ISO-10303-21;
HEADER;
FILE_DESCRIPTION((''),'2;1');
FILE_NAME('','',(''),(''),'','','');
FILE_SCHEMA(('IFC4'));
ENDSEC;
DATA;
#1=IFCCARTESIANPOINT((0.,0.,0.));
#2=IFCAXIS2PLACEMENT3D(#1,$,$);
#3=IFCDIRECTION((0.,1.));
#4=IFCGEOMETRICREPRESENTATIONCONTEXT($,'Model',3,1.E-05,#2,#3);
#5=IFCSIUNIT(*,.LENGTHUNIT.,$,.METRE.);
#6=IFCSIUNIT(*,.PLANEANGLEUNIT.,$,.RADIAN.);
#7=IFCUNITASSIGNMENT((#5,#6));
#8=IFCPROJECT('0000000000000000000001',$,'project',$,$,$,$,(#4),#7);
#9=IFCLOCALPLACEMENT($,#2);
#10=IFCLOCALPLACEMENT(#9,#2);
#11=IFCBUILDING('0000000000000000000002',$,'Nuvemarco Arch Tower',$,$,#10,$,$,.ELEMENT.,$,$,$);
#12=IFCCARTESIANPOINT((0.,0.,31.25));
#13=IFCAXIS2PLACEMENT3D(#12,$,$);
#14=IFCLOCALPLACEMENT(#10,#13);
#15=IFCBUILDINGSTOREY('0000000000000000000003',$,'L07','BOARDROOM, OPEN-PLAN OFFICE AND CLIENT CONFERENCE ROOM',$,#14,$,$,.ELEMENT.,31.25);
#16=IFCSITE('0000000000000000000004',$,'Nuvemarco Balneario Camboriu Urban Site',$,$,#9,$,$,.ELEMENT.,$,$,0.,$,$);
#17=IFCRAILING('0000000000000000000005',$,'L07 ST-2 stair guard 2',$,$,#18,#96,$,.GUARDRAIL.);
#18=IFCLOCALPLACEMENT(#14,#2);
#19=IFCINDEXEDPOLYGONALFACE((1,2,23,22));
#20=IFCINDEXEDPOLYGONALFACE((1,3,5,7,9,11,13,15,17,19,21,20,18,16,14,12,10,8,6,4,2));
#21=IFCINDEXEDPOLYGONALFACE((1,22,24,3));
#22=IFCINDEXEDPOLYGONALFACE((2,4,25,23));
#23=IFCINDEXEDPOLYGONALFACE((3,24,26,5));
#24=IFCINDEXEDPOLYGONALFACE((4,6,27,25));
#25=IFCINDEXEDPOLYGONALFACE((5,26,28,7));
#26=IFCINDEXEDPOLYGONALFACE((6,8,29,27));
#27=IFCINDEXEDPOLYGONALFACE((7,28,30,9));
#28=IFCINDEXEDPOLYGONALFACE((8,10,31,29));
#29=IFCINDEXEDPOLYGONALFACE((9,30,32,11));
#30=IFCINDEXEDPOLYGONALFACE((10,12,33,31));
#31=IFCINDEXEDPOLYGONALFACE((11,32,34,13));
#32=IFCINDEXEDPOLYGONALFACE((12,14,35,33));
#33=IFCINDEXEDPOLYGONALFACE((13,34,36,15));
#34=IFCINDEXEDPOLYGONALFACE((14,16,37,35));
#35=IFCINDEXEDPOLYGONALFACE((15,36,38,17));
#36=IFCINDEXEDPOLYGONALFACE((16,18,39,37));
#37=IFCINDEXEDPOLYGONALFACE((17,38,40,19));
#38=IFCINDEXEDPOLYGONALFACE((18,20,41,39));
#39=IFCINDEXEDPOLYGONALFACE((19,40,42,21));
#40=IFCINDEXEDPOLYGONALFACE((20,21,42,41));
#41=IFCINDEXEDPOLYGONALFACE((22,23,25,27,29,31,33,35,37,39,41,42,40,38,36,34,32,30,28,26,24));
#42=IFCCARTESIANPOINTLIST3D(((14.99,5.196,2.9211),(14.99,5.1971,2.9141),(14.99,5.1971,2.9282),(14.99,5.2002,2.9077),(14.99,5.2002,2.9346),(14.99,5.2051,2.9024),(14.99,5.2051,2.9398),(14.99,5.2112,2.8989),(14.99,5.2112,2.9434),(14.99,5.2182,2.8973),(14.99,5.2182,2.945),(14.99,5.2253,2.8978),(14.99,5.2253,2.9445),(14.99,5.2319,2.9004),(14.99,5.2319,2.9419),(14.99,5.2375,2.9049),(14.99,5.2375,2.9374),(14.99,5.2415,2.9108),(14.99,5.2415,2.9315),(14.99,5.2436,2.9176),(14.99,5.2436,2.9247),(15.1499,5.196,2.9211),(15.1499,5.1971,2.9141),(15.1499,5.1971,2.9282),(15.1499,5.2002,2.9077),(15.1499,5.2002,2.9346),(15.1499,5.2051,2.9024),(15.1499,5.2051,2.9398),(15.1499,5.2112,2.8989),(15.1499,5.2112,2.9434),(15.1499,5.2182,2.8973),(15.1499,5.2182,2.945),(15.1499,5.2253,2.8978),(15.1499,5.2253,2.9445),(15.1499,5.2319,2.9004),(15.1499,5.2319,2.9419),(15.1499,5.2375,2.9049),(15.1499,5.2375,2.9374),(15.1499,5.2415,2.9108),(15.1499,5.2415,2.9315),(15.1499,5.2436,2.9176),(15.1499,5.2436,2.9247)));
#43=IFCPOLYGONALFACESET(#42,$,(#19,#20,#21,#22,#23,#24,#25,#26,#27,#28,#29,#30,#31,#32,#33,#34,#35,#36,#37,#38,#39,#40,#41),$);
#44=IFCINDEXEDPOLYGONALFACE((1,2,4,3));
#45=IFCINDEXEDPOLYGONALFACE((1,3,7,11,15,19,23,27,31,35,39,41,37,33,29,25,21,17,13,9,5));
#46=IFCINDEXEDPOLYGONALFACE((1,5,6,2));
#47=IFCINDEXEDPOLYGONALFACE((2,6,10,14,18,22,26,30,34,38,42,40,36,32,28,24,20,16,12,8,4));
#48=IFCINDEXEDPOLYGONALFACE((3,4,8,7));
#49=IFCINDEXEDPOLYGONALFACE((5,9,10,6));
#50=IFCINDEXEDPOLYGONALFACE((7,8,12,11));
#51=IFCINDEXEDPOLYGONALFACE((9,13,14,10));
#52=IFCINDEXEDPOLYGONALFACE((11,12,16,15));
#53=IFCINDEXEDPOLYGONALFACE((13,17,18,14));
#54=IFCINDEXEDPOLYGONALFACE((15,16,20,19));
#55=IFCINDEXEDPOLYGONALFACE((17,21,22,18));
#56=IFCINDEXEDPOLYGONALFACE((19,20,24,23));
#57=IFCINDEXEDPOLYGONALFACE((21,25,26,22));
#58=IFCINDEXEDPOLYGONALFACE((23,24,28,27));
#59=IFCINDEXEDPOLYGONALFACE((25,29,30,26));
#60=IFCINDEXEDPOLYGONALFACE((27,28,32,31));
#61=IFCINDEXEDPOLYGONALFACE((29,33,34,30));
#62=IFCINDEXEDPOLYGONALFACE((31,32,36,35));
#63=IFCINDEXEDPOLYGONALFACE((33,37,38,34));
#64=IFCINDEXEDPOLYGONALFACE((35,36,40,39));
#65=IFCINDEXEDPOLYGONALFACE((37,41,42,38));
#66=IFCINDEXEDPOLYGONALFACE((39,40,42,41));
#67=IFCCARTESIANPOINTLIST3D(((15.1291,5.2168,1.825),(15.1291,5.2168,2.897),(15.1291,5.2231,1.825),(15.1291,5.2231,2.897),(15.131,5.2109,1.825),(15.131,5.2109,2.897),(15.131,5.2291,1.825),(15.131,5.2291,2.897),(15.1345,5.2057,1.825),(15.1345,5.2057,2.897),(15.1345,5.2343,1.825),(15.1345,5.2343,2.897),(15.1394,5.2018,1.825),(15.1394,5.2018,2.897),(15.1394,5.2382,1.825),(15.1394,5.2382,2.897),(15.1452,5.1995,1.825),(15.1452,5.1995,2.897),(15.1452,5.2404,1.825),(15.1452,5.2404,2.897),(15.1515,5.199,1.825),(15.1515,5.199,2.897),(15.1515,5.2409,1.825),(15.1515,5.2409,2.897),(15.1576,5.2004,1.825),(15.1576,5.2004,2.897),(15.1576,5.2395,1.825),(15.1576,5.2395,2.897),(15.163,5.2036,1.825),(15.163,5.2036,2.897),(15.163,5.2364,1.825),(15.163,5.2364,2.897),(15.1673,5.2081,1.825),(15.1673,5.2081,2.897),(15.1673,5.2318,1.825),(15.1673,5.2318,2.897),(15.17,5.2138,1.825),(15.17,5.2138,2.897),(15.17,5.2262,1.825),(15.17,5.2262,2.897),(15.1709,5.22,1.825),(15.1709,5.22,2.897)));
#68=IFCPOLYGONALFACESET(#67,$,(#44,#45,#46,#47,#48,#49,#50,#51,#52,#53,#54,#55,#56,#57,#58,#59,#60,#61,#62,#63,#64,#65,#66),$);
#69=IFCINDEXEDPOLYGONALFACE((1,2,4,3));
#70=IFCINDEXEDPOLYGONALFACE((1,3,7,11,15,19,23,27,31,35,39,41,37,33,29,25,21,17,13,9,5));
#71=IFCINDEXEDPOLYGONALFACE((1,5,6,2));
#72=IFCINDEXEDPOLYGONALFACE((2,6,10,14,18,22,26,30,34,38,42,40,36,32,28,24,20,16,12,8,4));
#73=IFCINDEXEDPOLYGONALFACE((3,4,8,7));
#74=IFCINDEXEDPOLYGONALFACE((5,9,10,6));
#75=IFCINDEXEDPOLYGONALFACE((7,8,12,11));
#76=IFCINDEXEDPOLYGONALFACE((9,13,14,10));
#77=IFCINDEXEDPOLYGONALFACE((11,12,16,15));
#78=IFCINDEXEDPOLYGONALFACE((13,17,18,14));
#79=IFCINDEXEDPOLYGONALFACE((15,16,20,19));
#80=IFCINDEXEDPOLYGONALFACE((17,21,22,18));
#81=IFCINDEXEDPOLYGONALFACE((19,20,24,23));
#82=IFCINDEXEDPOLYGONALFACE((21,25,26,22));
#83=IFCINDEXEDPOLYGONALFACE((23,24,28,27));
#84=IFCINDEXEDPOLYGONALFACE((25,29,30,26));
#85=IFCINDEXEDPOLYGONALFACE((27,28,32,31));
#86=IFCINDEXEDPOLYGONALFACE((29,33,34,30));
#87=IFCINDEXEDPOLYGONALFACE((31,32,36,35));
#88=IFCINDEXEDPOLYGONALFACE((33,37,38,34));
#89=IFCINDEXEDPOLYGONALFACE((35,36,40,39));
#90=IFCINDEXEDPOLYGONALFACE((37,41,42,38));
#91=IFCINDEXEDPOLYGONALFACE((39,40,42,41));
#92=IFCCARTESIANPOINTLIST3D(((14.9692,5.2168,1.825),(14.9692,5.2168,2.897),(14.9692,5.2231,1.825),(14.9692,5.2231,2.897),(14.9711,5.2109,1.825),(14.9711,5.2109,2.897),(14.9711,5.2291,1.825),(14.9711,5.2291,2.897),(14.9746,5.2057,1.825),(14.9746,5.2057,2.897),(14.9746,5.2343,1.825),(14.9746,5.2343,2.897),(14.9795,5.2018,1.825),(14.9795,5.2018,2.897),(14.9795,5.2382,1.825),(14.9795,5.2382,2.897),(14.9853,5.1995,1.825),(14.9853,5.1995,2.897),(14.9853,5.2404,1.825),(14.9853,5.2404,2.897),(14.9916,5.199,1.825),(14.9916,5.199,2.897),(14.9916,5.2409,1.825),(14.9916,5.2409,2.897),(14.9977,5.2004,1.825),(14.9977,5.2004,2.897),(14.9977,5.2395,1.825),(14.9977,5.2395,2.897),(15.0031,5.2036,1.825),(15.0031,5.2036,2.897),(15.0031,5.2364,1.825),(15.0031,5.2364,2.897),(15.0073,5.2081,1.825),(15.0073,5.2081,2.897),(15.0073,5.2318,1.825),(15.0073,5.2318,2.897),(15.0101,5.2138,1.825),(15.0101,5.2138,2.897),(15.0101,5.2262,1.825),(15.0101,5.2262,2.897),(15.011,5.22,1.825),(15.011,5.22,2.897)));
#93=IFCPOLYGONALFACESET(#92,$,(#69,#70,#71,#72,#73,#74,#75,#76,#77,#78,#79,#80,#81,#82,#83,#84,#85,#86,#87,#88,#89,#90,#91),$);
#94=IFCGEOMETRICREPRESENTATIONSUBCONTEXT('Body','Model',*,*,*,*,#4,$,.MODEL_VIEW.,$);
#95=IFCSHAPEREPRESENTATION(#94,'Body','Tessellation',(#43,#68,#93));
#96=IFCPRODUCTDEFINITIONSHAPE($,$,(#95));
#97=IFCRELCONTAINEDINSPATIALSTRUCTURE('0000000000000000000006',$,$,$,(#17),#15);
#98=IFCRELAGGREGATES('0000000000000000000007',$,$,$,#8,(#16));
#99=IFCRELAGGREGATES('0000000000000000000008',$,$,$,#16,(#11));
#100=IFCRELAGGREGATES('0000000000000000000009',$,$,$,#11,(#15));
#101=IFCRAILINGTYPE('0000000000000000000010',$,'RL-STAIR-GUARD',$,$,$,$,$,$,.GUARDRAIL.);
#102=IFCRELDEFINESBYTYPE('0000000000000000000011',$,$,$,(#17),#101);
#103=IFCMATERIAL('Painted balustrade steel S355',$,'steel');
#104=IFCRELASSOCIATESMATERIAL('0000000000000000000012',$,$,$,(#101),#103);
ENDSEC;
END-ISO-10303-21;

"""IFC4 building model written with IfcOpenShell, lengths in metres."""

from ifc_helpers import new_model, si_unit, direction, frame, origin, origin_2d, place, context, subcontext, project, spatial, circle, extrude, material, type_object, element, save


model = new_model("IFC4")

# Units and contexts
model_context = context("Model", 3, precision=1e-05, world=origin(), true_north=direction((0.0, 1.0)))
body_context = subcontext(model_context, "Body", "Model", "MODEL_VIEW")
ifc_project = project(units=[si_unit("LENGTHUNIT", "METRE"), si_unit("PLANEANGLEUNIT", "RADIAN")], contexts=[model_context])

# Site, building, storey
site_placement = place(None, origin())
site = spatial("IfcSite", under=ifc_project, at=site_placement, Name="Nuvemarco Balneario Camboriu Urban Site", CompositionType="ELEMENT", RefElevation=0.0)
building_placement = place(site_placement, origin())
building = spatial("IfcBuilding", under=site, at=building_placement, Name="Nuvemarco Arch Tower", CompositionType="ELEMENT")
storey_placement = place(building_placement, frame((0.0, 0.0, 31.25)))
storey = spatial("IfcBuildingStorey", under=building, at=storey_placement, Name="L07", Description="BOARDROOM, OPEN-PLAN OFFICE AND CLIENT CONFERENCE ROOM", CompositionType="ELEMENT", Elevation=31.25)

# Railing
ifc_material_1 = material(Name="Painted balustrade steel S355", Category="steel")
railing_type_1 = type_object("IfcRailingType", Name="RL-STAIR-GUARD", PredefinedType="GUARDRAIL", material=ifc_material_1)
railing_1_placement = place(storey_placement, frame((15.1499, 5.22, 1.825)))
element("IfcRailing", 1, at=railing_1_placement, inside=storey, type_object=railing_type_1, Name="L07 ST-2 stair guard 2", PredefinedType="GUARDRAIL", context=body_context, shape_type="SweptSolid", body=[
    extrude(circle(Radius=0.0239, at=origin_2d()), frame((0.0, 0.0, 1.0962), z_axis=(-1.0, 0.0, 0.0), x_axis=(0.0, -1.0, 0.0)), (0.0, 0.0, 1.0), 0.1599),
    extrude(circle(Radius=0.021, at=origin_2d()), origin(), (0.0, 0.0, 1.0), 1.072),
    extrude(circle(Radius=0.021, at=origin_2d()), frame((-0.1599, 0.0, 0.0)), (0.0, 0.0, 1.0), 1.072),
])

save(model, "model.ifc")
